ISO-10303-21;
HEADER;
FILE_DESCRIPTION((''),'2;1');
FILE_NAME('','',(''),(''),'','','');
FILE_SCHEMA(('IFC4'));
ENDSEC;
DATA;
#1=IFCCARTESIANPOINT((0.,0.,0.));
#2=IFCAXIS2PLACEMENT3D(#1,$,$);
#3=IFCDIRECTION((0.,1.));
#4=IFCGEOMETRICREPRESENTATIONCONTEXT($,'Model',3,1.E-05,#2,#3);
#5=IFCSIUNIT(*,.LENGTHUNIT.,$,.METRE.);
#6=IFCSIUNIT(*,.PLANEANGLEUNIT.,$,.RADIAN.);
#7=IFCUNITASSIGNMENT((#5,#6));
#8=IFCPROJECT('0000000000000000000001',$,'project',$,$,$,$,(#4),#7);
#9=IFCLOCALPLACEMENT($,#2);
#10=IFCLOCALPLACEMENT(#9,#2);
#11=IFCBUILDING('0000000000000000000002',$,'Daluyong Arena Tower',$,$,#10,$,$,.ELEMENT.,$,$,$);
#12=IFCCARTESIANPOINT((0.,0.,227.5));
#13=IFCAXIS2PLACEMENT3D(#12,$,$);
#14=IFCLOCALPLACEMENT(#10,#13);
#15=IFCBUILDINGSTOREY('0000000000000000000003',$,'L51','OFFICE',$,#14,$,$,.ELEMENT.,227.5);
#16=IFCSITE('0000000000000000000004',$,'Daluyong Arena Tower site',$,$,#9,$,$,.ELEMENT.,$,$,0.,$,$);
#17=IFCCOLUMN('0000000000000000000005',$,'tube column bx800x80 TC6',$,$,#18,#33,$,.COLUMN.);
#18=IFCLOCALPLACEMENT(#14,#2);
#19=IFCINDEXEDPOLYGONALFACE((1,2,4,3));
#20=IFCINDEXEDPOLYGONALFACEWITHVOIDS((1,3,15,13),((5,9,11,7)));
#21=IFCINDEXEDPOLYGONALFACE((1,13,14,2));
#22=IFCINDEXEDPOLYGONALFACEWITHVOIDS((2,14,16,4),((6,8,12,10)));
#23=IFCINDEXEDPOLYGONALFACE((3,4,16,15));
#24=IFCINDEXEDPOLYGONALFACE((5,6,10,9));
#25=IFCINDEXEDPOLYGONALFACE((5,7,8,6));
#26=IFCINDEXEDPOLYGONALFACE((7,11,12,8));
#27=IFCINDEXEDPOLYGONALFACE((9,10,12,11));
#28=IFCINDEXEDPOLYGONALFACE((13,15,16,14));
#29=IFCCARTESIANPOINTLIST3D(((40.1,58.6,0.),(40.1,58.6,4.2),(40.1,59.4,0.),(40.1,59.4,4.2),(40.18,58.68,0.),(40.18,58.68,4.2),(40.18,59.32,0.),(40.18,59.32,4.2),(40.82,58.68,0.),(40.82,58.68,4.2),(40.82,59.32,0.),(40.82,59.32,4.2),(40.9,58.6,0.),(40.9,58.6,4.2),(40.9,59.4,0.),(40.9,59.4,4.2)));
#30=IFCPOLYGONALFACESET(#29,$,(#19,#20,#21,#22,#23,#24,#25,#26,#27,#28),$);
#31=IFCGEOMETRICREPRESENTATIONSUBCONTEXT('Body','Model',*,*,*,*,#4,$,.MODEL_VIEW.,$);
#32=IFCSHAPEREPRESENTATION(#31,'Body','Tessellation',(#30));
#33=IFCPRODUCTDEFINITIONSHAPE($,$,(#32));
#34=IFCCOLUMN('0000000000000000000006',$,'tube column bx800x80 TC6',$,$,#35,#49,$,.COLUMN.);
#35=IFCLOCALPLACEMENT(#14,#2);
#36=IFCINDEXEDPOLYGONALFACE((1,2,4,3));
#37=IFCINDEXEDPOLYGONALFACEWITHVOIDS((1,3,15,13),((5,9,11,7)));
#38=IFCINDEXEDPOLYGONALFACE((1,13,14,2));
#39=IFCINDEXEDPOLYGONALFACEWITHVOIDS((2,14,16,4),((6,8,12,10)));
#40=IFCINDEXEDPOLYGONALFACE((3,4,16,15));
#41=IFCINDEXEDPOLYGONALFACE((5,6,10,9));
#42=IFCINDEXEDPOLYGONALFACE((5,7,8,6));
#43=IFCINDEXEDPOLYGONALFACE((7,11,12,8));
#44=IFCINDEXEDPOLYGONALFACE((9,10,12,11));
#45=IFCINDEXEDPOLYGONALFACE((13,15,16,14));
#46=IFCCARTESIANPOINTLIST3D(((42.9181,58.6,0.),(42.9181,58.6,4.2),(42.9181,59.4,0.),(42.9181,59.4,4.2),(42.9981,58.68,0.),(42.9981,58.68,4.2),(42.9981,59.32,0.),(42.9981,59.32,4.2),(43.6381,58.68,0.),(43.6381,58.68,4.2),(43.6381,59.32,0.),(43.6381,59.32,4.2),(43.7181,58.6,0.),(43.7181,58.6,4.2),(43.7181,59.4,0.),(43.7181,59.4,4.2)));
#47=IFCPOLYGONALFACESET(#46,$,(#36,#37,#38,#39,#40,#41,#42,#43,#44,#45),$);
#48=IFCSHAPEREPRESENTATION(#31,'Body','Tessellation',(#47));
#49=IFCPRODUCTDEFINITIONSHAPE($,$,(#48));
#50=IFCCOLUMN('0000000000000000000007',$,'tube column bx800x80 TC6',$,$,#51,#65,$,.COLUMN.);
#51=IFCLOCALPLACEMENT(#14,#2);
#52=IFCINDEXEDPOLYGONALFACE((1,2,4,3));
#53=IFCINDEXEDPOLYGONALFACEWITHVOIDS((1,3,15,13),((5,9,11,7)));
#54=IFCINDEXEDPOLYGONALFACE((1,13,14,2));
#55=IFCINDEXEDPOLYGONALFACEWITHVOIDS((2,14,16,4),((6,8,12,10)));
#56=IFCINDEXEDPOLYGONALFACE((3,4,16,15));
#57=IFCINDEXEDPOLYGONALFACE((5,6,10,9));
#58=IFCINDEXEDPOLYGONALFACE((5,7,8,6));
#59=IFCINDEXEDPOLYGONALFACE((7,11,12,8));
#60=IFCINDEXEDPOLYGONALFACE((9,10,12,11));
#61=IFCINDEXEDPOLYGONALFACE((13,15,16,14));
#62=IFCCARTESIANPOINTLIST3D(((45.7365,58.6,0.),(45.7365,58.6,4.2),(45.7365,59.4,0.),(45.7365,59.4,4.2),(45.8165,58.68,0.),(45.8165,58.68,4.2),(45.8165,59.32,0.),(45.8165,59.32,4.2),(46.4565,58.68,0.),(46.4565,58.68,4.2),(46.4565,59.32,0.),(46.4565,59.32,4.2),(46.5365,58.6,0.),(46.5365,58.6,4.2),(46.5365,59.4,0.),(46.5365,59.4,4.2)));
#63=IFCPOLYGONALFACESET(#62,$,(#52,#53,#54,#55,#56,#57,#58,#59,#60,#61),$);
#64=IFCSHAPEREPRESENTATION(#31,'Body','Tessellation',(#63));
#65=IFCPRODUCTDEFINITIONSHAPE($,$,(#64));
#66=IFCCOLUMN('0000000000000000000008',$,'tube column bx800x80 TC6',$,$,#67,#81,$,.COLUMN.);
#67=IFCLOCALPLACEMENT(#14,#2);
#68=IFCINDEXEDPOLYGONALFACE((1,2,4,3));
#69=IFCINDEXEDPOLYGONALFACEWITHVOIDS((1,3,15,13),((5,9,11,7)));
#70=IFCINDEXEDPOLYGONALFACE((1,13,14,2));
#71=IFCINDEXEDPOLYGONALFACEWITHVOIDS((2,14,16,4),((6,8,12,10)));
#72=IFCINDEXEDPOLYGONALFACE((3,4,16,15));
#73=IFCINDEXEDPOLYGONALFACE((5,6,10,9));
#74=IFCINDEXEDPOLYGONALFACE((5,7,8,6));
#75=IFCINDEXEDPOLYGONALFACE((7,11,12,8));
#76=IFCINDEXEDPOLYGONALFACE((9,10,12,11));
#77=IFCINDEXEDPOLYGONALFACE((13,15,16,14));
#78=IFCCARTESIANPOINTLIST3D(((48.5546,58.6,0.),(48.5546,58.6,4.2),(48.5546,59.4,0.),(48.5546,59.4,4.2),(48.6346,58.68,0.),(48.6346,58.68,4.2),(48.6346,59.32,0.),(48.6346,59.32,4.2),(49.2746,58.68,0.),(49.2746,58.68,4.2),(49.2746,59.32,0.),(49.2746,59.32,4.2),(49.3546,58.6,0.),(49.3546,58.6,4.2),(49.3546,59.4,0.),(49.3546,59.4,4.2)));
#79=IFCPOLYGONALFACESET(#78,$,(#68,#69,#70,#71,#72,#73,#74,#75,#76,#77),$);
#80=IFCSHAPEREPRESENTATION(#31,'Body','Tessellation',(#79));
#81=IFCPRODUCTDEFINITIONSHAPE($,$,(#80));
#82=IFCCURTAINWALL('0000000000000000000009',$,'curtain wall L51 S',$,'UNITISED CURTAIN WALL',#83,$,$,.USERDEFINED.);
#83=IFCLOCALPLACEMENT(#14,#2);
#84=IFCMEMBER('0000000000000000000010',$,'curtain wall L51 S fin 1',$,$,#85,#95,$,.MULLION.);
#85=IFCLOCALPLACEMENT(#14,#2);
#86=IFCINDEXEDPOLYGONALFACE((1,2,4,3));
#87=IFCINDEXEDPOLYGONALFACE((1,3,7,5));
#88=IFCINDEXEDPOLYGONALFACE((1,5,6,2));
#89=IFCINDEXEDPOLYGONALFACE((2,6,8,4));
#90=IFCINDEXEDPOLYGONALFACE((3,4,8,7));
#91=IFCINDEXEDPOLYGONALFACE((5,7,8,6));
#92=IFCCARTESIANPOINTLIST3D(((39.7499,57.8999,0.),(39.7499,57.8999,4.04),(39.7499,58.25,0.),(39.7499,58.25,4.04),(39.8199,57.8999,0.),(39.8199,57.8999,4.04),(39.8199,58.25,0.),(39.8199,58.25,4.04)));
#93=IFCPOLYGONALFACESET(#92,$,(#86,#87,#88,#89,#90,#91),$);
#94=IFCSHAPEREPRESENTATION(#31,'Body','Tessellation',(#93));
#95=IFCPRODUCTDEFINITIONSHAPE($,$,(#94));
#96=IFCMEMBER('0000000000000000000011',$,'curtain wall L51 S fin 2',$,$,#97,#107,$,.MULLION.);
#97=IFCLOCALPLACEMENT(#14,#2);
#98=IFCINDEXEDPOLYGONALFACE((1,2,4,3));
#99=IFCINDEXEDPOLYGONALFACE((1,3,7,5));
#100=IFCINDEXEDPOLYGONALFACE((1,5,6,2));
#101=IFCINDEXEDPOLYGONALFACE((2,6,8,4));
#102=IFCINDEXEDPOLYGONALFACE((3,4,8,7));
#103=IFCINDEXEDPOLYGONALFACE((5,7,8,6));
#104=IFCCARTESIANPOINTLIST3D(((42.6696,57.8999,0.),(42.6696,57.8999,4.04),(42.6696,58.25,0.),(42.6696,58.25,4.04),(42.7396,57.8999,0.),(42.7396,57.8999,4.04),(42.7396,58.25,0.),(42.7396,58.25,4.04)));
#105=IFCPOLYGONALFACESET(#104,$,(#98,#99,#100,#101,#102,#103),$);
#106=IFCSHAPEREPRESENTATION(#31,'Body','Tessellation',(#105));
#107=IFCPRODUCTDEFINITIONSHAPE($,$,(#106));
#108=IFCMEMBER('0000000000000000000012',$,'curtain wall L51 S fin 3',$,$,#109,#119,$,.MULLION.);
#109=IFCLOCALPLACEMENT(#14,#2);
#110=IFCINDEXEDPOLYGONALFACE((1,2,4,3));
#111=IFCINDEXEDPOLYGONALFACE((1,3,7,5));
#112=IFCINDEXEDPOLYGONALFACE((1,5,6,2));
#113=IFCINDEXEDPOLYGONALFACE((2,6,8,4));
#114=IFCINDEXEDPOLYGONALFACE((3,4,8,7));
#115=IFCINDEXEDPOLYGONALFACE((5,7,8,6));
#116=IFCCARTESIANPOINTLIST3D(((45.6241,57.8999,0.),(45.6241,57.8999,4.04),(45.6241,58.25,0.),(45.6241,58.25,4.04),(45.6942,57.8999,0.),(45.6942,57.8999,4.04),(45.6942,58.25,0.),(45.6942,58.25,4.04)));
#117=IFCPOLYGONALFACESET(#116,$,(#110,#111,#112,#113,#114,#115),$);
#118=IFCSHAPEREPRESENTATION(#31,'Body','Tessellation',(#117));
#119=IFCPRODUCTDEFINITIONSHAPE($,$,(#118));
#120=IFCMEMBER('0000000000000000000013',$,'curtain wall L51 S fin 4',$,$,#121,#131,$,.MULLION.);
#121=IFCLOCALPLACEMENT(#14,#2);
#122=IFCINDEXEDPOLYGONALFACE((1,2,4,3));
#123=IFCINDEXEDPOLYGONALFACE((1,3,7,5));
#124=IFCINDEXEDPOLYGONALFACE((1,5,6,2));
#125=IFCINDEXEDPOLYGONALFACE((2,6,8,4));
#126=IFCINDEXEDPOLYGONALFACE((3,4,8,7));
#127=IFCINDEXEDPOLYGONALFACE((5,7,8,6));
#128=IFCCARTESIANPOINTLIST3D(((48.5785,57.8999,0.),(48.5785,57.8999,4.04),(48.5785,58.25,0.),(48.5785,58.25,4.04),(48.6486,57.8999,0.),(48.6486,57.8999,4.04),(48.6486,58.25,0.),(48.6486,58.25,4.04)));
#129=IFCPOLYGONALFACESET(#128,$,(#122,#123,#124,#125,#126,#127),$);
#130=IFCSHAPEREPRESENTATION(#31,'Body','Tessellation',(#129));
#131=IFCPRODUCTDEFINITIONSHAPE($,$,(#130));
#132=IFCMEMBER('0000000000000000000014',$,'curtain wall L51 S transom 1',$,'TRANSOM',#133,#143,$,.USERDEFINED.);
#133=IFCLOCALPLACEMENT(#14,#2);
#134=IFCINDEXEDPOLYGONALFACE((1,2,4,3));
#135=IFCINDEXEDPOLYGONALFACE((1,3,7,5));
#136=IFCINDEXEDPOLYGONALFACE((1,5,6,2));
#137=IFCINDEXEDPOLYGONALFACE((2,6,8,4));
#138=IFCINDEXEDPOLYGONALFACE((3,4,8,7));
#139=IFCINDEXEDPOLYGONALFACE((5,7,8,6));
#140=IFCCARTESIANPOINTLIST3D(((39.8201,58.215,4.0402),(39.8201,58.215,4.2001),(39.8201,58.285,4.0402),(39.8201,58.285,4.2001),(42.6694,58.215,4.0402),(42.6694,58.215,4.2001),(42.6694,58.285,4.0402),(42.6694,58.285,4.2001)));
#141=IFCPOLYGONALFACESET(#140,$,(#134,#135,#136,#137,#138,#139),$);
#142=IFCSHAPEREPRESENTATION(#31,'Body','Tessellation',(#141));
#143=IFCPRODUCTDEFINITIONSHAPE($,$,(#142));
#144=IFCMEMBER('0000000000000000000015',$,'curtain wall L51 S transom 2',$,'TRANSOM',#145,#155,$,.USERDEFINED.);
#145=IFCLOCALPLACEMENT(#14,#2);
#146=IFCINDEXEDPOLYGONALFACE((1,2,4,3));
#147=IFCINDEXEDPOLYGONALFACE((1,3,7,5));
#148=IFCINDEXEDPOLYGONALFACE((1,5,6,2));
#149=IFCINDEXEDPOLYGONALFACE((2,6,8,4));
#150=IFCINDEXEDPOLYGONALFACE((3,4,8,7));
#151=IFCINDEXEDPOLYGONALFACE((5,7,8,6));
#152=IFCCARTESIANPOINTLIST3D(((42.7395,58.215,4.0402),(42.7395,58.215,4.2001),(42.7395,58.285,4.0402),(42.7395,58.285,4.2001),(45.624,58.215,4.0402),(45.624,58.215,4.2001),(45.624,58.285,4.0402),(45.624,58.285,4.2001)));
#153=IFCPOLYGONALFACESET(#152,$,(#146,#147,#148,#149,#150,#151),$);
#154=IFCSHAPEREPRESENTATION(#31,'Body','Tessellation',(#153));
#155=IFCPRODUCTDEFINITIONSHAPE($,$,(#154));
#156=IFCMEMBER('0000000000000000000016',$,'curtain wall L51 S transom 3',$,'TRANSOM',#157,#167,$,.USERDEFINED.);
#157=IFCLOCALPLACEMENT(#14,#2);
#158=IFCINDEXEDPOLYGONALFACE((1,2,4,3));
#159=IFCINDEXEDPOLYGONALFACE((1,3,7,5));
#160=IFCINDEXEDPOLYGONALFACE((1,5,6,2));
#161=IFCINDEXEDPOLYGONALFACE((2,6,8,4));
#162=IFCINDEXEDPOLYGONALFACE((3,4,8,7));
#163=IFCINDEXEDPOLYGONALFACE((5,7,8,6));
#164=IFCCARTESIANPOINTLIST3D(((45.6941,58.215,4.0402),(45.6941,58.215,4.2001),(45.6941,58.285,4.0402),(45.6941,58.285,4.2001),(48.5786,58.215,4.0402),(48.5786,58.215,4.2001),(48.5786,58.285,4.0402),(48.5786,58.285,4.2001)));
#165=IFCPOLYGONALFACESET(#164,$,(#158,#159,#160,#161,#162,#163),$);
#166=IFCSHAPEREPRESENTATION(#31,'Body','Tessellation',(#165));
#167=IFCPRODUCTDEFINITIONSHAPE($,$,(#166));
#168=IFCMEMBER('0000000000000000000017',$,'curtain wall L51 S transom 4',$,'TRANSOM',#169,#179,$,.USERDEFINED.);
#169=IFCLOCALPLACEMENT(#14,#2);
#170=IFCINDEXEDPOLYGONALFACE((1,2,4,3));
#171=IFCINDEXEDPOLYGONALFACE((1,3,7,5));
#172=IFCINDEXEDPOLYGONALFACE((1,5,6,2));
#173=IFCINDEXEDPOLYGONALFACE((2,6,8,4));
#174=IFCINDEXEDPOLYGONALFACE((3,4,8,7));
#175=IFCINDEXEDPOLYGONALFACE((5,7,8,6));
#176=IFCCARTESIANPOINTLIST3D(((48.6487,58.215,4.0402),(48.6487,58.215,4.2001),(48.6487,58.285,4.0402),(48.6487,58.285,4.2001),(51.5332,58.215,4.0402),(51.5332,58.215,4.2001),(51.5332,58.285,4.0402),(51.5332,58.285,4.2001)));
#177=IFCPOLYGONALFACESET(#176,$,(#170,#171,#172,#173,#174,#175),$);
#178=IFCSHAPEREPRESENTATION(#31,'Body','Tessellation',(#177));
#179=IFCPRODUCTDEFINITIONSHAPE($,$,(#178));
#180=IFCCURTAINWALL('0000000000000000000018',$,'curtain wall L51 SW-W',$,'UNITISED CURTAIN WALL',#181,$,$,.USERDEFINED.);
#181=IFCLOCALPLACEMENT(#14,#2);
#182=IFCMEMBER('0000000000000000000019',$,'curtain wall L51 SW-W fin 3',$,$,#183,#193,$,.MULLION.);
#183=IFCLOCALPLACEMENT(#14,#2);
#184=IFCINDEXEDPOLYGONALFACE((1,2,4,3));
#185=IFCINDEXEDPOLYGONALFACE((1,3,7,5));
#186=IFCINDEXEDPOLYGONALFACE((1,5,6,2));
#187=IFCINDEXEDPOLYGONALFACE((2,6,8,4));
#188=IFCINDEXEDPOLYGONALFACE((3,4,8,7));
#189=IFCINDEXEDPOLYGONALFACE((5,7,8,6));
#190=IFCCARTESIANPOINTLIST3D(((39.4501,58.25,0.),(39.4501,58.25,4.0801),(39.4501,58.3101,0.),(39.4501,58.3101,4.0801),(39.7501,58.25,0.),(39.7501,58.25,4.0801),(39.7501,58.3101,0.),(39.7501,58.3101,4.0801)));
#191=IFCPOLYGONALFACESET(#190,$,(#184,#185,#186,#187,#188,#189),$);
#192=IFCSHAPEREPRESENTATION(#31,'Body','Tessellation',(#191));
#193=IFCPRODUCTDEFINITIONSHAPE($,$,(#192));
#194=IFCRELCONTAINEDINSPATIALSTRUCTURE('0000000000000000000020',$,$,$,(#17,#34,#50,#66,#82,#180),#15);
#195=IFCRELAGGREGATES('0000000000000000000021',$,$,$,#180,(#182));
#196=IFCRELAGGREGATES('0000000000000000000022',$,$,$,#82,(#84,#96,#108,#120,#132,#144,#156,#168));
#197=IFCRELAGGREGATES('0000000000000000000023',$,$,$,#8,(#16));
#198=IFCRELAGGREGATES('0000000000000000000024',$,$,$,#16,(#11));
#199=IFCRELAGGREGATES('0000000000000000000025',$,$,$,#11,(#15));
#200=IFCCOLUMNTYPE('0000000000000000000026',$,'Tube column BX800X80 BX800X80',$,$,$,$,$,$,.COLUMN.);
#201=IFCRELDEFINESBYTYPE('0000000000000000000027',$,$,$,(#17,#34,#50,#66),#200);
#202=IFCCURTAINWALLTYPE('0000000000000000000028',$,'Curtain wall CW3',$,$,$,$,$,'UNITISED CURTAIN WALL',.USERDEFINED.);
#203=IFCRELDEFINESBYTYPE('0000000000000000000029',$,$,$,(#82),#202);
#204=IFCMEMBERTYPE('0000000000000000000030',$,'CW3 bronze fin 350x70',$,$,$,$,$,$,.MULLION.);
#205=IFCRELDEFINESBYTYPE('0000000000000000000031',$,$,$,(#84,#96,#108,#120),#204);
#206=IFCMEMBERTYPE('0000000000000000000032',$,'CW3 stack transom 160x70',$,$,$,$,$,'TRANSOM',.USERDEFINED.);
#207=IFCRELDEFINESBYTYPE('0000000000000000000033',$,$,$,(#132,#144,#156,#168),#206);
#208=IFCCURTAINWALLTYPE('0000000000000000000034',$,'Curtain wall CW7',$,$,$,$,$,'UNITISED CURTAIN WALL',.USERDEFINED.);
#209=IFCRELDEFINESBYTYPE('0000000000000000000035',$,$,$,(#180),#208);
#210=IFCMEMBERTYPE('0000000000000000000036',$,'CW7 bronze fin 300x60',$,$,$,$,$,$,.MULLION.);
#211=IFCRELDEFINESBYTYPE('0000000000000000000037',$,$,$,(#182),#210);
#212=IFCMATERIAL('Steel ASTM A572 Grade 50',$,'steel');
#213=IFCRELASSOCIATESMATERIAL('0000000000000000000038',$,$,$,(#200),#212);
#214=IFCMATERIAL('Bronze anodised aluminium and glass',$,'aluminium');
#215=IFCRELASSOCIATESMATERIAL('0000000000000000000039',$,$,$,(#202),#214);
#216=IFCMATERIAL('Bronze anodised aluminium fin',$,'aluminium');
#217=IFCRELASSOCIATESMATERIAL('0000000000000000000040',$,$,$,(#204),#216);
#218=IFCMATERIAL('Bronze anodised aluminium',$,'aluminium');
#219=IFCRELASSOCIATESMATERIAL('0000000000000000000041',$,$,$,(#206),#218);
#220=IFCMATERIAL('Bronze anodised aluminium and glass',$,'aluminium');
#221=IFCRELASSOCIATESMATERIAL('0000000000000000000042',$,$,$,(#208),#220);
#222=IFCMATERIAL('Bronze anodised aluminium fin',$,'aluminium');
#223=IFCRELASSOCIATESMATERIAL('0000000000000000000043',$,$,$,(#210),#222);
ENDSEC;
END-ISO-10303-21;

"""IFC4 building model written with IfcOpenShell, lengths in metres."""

from ifc_helpers import new_model, si_unit, direction, frame, origin, origin_2d, place, context, subcontext, project, spatial, rectangle, hollow_rectangle, extrude, material, material_profile, profile_set, type_object, element, aggregate, save


model = new_model("IFC4")

# Units and contexts
model_context = context("Model", 3, precision=1e-05, world=origin(), true_north=direction((0.0, 1.0)))
body_context = subcontext(model_context, "Body", "Model", "MODEL_VIEW")
ifc_project = project(units=[si_unit("LENGTHUNIT", "METRE"), si_unit("PLANEANGLEUNIT", "RADIAN")], contexts=[model_context])

# Site, building, storey
site_placement = place(None, origin())
site = spatial("IfcSite", under=ifc_project, at=site_placement, Name="Daluyong Arena Tower site", CompositionType="ELEMENT", RefElevation=0.0)
building_placement = place(site_placement, origin())
building = spatial("IfcBuilding", under=site, at=building_placement, Name="Daluyong Arena Tower", CompositionType="ELEMENT")
storey_placement = place(building_placement, frame((0.0, 0.0, 227.5)))
storey = spatial("IfcBuildingStorey", under=building, at=storey_placement, Name="L51", Description="OFFICE", CompositionType="ELEMENT", Elevation=227.5)

# Columns
ifc_material_1 = material(Name="Steel ASTM A572 Grade 50", Category="steel")
ifc_material_profile_1 = material_profile(ifc_material_1, hollow_rectangle(XDim=0.8, YDim=0.8, WallThickness=0.08, at=origin_2d()))
ifc_profile_set_1 = profile_set([ifc_material_profile_1], Name="Steel ASTM A572 Grade 50")
column_type = type_object("IfcColumnType", Name="Tube column BX800X80 BX800X80", PredefinedType="COLUMN", material=ifc_profile_set_1)
for number, where, z_axis, x_axis, name in (
    (1, (40.5, 59.0, 0.0), (0.0, 0.0, 1.0), (1.0, 0.0, 0.0), "tube column bx800x80 TC6"),
    (2, (43.3181, 59.0, 0.0), (0.0, 0.0, 1.0), (1.0, 0.0, 0.0), "tube column bx800x80 TC6"),
    (3, (46.1365, 59.0, 0.0), (0.0, 0.0, 1.0), (1.0, 0.0, 0.0), "tube column bx800x80 TC6"),
    (4, (48.9546, 59.0, 0.0), (0.0, 0.0, 1.0), (1.0, 0.0, 0.0), "tube column bx800x80 TC6"),
):
    element("IfcColumn", number, at=place(storey_placement, frame(where, z_axis=z_axis, x_axis=x_axis)), inside=storey, type_object=column_type, Name=name, PredefinedType="COLUMN", context=body_context, shape_type="SweptSolid", body=[
        extrude(hollow_rectangle(XDim=0.8, YDim=0.8, WallThickness=0.08, at=origin_2d()), origin(), (0.0, 0.0, 1.0), 4.2),
    ])

# Curtain wall, members
ifc_material_2 = material(Name="Bronze anodised aluminium and glass", Category="aluminium")
curtain_wall_type_1 = type_object("IfcCurtainWallType", Name="Curtain wall CW3", ElementType="UNITISED CURTAIN WALL", PredefinedType="USERDEFINED", material=ifc_material_2)
curtain_wall_1_placement = place(storey_placement, origin())
curtain_wall_1 = element("IfcCurtainWall", 5, at=curtain_wall_1_placement, inside=storey, type_object=curtain_wall_type_1, Name="curtain wall L51 S", ObjectType="UNITISED CURTAIN WALL", PredefinedType="USERDEFINED")
ifc_material_3 = material(Name="Bronze anodised aluminium fin", Category="aluminium")
ifc_material_profile_2 = material_profile(ifc_material_3, rectangle(XDim=0.3501, YDim=0.0701, at=origin_2d()))
ifc_profile_set_2 = profile_set([ifc_material_profile_2], Name="Bronze anodised aluminium fin")
member_type_1 = type_object("IfcMemberType", Name="CW3 bronze fin 350x70", PredefinedType="MULLION", material=ifc_profile_set_2)
member_1_placement = place(storey_placement, frame((39.7849, 58.075, 0.0), z_axis=(0.0, 0.0, 1.0), x_axis=(0.0, 1.0, 0.0)))
member_1 = element("IfcMember", 6, at=member_1_placement, type_object=member_type_1, Name="curtain wall L51 S fin 1", PredefinedType="MULLION", context=body_context, shape_type="SweptSolid", body=[
    extrude(rectangle(XDim=0.3501, YDim=0.0701, at=origin_2d()), origin(), (0.0, 0.0, 1.0), 4.04),
])
member_2_placement = place(storey_placement, frame((42.7046, 58.075, 0.0), z_axis=(0.0, 0.0, 1.0), x_axis=(0.0, 1.0, 0.0)))
member_2 = element("IfcMember", 7, at=member_2_placement, type_object=member_type_1, Name="curtain wall L51 S fin 2", PredefinedType="MULLION", context=body_context, shape_type="SweptSolid", body=[
    extrude(rectangle(XDim=0.3501, YDim=0.0701, at=origin_2d()), origin(), (0.0, 0.0, 1.0), 4.04),
])
member_3_placement = place(storey_placement, frame((45.6592, 58.075, 0.0), z_axis=(0.0, 0.0, 1.0), x_axis=(0.0, 1.0, 0.0)))
member_3 = element("IfcMember", 8, at=member_3_placement, type_object=member_type_1, Name="curtain wall L51 S fin 3", PredefinedType="MULLION", context=body_context, shape_type="SweptSolid", body=[
    extrude(rectangle(XDim=0.3501, YDim=0.0701, at=origin_2d()), origin(), (0.0, 0.0, 1.0), 4.04),
])
member_4_placement = place(storey_placement, frame((48.6135, 58.075, 0.0), z_axis=(0.0, 0.0, 1.0), x_axis=(0.0, 1.0, 0.0)))
member_4 = element("IfcMember", 9, at=member_4_placement, type_object=member_type_1, Name="curtain wall L51 S fin 4", PredefinedType="MULLION", context=body_context, shape_type="SweptSolid", body=[
    extrude(rectangle(XDim=0.3501, YDim=0.0701, at=origin_2d()), origin(), (0.0, 0.0, 1.0), 4.04),
])
ifc_material_4 = material(Name="Bronze anodised aluminium", Category="aluminium")
ifc_material_profile_3 = material_profile(ifc_material_4, rectangle(XDim=0.0701, YDim=0.1599, at=origin_2d()))
ifc_profile_set_3 = profile_set([ifc_material_profile_3], Name="Bronze anodised aluminium")
member_type_2 = type_object("IfcMemberType", Name="CW3 stack transom 160x70", ElementType="TRANSOM", PredefinedType="USERDEFINED", material=ifc_profile_set_3)
member_5_placement = place(storey_placement, frame((39.8201, 58.25, 4.1201), z_axis=(1.0, 0.0, 0.0), x_axis=(0.0, 1.0, 0.0)))
member_5 = element("IfcMember", 10, at=member_5_placement, type_object=member_type_2, Name="curtain wall L51 S transom 1", ObjectType="TRANSOM", PredefinedType="USERDEFINED", context=body_context, shape_type="SweptSolid", body=[
    extrude(rectangle(XDim=0.0701, YDim=0.1599, at=origin_2d()), origin(), (0.0, 0.0, 1.0), 2.8494),
])
member_6_placement = place(storey_placement, frame((42.7395, 58.25, 4.1201), z_axis=(1.0, 0.0, 0.0), x_axis=(0.0, 1.0, 0.0)))
member_6 = element("IfcMember", 11, at=member_6_placement, type_object=member_type_2, Name="curtain wall L51 S transom 2", ObjectType="TRANSOM", PredefinedType="USERDEFINED", context=body_context, shape_type="SweptSolid", body=[
    extrude(rectangle(XDim=0.0701, YDim=0.1599, at=origin_2d()), origin(), (0.0, 0.0, 1.0), 2.8845),
])
member_7_placement = place(storey_placement, frame((45.6941, 58.25, 4.1201), z_axis=(1.0, 0.0, 0.0), x_axis=(0.0, 1.0, 0.0)))
member_7 = element("IfcMember", 12, at=member_7_placement, type_object=member_type_2, Name="curtain wall L51 S transom 3", ObjectType="TRANSOM", PredefinedType="USERDEFINED", context=body_context, shape_type="SweptSolid", body=[
    extrude(rectangle(XDim=0.0701, YDim=0.1599, at=origin_2d()), origin(), (0.0, 0.0, 1.0), 2.8845),
])
member_8_placement = place(storey_placement, frame((48.6487, 58.25, 4.1201), z_axis=(1.0, 0.0, 0.0), x_axis=(0.0, 1.0, 0.0)))
member_8 = element("IfcMember", 13, at=member_8_placement, type_object=member_type_2, Name="curtain wall L51 S transom 4", ObjectType="TRANSOM", PredefinedType="USERDEFINED", context=body_context, shape_type="SweptSolid", body=[
    extrude(rectangle(XDim=0.0701, YDim=0.1599, at=origin_2d()), origin(), (0.0, 0.0, 1.0), 2.8845),
])

# Curtain wall, member
ifc_material_5 = material(Name="Bronze anodised aluminium and glass", Category="aluminium")
curtain_wall_type_2 = type_object("IfcCurtainWallType", Name="Curtain wall CW7", ElementType="UNITISED CURTAIN WALL", PredefinedType="USERDEFINED", material=ifc_material_5)
curtain_wall_2_placement = place(storey_placement, origin())
curtain_wall_2 = element("IfcCurtainWall", 14, at=curtain_wall_2_placement, inside=storey, type_object=curtain_wall_type_2, Name="curtain wall L51 SW-W", ObjectType="UNITISED CURTAIN WALL", PredefinedType="USERDEFINED")
ifc_material_6 = material(Name="Bronze anodised aluminium fin", Category="aluminium")
ifc_material_profile_4 = material_profile(ifc_material_6, rectangle(XDim=0.3, YDim=0.0601, at=origin_2d()))
ifc_profile_set_4 = profile_set([ifc_material_profile_4], Name="Bronze anodised aluminium fin")
member_type_3 = type_object("IfcMemberType", Name="CW7 bronze fin 300x60", PredefinedType="MULLION", material=ifc_profile_set_4)
member_9_placement = place(storey_placement, frame((39.6001, 58.28, 0.0), z_axis=(0.0, 0.0, 1.0), x_axis=(1.0, 0.0, 0.0)))
member_9 = element("IfcMember", 15, at=member_9_placement, type_object=member_type_3, Name="curtain wall L51 SW-W fin 3", PredefinedType="MULLION", context=body_context, shape_type="SweptSolid", body=[
    extrude(rectangle(XDim=0.3, YDim=0.0601, at=origin_2d()), origin(), (0.0, 0.0, 1.0), 4.0801),
])
aggregate(curtain_wall_2, [member_9])

aggregate(curtain_wall_1, [member_1, member_2, member_3, member_4, member_5, member_6, member_7, member_8])

save(model, "model.ifc")
